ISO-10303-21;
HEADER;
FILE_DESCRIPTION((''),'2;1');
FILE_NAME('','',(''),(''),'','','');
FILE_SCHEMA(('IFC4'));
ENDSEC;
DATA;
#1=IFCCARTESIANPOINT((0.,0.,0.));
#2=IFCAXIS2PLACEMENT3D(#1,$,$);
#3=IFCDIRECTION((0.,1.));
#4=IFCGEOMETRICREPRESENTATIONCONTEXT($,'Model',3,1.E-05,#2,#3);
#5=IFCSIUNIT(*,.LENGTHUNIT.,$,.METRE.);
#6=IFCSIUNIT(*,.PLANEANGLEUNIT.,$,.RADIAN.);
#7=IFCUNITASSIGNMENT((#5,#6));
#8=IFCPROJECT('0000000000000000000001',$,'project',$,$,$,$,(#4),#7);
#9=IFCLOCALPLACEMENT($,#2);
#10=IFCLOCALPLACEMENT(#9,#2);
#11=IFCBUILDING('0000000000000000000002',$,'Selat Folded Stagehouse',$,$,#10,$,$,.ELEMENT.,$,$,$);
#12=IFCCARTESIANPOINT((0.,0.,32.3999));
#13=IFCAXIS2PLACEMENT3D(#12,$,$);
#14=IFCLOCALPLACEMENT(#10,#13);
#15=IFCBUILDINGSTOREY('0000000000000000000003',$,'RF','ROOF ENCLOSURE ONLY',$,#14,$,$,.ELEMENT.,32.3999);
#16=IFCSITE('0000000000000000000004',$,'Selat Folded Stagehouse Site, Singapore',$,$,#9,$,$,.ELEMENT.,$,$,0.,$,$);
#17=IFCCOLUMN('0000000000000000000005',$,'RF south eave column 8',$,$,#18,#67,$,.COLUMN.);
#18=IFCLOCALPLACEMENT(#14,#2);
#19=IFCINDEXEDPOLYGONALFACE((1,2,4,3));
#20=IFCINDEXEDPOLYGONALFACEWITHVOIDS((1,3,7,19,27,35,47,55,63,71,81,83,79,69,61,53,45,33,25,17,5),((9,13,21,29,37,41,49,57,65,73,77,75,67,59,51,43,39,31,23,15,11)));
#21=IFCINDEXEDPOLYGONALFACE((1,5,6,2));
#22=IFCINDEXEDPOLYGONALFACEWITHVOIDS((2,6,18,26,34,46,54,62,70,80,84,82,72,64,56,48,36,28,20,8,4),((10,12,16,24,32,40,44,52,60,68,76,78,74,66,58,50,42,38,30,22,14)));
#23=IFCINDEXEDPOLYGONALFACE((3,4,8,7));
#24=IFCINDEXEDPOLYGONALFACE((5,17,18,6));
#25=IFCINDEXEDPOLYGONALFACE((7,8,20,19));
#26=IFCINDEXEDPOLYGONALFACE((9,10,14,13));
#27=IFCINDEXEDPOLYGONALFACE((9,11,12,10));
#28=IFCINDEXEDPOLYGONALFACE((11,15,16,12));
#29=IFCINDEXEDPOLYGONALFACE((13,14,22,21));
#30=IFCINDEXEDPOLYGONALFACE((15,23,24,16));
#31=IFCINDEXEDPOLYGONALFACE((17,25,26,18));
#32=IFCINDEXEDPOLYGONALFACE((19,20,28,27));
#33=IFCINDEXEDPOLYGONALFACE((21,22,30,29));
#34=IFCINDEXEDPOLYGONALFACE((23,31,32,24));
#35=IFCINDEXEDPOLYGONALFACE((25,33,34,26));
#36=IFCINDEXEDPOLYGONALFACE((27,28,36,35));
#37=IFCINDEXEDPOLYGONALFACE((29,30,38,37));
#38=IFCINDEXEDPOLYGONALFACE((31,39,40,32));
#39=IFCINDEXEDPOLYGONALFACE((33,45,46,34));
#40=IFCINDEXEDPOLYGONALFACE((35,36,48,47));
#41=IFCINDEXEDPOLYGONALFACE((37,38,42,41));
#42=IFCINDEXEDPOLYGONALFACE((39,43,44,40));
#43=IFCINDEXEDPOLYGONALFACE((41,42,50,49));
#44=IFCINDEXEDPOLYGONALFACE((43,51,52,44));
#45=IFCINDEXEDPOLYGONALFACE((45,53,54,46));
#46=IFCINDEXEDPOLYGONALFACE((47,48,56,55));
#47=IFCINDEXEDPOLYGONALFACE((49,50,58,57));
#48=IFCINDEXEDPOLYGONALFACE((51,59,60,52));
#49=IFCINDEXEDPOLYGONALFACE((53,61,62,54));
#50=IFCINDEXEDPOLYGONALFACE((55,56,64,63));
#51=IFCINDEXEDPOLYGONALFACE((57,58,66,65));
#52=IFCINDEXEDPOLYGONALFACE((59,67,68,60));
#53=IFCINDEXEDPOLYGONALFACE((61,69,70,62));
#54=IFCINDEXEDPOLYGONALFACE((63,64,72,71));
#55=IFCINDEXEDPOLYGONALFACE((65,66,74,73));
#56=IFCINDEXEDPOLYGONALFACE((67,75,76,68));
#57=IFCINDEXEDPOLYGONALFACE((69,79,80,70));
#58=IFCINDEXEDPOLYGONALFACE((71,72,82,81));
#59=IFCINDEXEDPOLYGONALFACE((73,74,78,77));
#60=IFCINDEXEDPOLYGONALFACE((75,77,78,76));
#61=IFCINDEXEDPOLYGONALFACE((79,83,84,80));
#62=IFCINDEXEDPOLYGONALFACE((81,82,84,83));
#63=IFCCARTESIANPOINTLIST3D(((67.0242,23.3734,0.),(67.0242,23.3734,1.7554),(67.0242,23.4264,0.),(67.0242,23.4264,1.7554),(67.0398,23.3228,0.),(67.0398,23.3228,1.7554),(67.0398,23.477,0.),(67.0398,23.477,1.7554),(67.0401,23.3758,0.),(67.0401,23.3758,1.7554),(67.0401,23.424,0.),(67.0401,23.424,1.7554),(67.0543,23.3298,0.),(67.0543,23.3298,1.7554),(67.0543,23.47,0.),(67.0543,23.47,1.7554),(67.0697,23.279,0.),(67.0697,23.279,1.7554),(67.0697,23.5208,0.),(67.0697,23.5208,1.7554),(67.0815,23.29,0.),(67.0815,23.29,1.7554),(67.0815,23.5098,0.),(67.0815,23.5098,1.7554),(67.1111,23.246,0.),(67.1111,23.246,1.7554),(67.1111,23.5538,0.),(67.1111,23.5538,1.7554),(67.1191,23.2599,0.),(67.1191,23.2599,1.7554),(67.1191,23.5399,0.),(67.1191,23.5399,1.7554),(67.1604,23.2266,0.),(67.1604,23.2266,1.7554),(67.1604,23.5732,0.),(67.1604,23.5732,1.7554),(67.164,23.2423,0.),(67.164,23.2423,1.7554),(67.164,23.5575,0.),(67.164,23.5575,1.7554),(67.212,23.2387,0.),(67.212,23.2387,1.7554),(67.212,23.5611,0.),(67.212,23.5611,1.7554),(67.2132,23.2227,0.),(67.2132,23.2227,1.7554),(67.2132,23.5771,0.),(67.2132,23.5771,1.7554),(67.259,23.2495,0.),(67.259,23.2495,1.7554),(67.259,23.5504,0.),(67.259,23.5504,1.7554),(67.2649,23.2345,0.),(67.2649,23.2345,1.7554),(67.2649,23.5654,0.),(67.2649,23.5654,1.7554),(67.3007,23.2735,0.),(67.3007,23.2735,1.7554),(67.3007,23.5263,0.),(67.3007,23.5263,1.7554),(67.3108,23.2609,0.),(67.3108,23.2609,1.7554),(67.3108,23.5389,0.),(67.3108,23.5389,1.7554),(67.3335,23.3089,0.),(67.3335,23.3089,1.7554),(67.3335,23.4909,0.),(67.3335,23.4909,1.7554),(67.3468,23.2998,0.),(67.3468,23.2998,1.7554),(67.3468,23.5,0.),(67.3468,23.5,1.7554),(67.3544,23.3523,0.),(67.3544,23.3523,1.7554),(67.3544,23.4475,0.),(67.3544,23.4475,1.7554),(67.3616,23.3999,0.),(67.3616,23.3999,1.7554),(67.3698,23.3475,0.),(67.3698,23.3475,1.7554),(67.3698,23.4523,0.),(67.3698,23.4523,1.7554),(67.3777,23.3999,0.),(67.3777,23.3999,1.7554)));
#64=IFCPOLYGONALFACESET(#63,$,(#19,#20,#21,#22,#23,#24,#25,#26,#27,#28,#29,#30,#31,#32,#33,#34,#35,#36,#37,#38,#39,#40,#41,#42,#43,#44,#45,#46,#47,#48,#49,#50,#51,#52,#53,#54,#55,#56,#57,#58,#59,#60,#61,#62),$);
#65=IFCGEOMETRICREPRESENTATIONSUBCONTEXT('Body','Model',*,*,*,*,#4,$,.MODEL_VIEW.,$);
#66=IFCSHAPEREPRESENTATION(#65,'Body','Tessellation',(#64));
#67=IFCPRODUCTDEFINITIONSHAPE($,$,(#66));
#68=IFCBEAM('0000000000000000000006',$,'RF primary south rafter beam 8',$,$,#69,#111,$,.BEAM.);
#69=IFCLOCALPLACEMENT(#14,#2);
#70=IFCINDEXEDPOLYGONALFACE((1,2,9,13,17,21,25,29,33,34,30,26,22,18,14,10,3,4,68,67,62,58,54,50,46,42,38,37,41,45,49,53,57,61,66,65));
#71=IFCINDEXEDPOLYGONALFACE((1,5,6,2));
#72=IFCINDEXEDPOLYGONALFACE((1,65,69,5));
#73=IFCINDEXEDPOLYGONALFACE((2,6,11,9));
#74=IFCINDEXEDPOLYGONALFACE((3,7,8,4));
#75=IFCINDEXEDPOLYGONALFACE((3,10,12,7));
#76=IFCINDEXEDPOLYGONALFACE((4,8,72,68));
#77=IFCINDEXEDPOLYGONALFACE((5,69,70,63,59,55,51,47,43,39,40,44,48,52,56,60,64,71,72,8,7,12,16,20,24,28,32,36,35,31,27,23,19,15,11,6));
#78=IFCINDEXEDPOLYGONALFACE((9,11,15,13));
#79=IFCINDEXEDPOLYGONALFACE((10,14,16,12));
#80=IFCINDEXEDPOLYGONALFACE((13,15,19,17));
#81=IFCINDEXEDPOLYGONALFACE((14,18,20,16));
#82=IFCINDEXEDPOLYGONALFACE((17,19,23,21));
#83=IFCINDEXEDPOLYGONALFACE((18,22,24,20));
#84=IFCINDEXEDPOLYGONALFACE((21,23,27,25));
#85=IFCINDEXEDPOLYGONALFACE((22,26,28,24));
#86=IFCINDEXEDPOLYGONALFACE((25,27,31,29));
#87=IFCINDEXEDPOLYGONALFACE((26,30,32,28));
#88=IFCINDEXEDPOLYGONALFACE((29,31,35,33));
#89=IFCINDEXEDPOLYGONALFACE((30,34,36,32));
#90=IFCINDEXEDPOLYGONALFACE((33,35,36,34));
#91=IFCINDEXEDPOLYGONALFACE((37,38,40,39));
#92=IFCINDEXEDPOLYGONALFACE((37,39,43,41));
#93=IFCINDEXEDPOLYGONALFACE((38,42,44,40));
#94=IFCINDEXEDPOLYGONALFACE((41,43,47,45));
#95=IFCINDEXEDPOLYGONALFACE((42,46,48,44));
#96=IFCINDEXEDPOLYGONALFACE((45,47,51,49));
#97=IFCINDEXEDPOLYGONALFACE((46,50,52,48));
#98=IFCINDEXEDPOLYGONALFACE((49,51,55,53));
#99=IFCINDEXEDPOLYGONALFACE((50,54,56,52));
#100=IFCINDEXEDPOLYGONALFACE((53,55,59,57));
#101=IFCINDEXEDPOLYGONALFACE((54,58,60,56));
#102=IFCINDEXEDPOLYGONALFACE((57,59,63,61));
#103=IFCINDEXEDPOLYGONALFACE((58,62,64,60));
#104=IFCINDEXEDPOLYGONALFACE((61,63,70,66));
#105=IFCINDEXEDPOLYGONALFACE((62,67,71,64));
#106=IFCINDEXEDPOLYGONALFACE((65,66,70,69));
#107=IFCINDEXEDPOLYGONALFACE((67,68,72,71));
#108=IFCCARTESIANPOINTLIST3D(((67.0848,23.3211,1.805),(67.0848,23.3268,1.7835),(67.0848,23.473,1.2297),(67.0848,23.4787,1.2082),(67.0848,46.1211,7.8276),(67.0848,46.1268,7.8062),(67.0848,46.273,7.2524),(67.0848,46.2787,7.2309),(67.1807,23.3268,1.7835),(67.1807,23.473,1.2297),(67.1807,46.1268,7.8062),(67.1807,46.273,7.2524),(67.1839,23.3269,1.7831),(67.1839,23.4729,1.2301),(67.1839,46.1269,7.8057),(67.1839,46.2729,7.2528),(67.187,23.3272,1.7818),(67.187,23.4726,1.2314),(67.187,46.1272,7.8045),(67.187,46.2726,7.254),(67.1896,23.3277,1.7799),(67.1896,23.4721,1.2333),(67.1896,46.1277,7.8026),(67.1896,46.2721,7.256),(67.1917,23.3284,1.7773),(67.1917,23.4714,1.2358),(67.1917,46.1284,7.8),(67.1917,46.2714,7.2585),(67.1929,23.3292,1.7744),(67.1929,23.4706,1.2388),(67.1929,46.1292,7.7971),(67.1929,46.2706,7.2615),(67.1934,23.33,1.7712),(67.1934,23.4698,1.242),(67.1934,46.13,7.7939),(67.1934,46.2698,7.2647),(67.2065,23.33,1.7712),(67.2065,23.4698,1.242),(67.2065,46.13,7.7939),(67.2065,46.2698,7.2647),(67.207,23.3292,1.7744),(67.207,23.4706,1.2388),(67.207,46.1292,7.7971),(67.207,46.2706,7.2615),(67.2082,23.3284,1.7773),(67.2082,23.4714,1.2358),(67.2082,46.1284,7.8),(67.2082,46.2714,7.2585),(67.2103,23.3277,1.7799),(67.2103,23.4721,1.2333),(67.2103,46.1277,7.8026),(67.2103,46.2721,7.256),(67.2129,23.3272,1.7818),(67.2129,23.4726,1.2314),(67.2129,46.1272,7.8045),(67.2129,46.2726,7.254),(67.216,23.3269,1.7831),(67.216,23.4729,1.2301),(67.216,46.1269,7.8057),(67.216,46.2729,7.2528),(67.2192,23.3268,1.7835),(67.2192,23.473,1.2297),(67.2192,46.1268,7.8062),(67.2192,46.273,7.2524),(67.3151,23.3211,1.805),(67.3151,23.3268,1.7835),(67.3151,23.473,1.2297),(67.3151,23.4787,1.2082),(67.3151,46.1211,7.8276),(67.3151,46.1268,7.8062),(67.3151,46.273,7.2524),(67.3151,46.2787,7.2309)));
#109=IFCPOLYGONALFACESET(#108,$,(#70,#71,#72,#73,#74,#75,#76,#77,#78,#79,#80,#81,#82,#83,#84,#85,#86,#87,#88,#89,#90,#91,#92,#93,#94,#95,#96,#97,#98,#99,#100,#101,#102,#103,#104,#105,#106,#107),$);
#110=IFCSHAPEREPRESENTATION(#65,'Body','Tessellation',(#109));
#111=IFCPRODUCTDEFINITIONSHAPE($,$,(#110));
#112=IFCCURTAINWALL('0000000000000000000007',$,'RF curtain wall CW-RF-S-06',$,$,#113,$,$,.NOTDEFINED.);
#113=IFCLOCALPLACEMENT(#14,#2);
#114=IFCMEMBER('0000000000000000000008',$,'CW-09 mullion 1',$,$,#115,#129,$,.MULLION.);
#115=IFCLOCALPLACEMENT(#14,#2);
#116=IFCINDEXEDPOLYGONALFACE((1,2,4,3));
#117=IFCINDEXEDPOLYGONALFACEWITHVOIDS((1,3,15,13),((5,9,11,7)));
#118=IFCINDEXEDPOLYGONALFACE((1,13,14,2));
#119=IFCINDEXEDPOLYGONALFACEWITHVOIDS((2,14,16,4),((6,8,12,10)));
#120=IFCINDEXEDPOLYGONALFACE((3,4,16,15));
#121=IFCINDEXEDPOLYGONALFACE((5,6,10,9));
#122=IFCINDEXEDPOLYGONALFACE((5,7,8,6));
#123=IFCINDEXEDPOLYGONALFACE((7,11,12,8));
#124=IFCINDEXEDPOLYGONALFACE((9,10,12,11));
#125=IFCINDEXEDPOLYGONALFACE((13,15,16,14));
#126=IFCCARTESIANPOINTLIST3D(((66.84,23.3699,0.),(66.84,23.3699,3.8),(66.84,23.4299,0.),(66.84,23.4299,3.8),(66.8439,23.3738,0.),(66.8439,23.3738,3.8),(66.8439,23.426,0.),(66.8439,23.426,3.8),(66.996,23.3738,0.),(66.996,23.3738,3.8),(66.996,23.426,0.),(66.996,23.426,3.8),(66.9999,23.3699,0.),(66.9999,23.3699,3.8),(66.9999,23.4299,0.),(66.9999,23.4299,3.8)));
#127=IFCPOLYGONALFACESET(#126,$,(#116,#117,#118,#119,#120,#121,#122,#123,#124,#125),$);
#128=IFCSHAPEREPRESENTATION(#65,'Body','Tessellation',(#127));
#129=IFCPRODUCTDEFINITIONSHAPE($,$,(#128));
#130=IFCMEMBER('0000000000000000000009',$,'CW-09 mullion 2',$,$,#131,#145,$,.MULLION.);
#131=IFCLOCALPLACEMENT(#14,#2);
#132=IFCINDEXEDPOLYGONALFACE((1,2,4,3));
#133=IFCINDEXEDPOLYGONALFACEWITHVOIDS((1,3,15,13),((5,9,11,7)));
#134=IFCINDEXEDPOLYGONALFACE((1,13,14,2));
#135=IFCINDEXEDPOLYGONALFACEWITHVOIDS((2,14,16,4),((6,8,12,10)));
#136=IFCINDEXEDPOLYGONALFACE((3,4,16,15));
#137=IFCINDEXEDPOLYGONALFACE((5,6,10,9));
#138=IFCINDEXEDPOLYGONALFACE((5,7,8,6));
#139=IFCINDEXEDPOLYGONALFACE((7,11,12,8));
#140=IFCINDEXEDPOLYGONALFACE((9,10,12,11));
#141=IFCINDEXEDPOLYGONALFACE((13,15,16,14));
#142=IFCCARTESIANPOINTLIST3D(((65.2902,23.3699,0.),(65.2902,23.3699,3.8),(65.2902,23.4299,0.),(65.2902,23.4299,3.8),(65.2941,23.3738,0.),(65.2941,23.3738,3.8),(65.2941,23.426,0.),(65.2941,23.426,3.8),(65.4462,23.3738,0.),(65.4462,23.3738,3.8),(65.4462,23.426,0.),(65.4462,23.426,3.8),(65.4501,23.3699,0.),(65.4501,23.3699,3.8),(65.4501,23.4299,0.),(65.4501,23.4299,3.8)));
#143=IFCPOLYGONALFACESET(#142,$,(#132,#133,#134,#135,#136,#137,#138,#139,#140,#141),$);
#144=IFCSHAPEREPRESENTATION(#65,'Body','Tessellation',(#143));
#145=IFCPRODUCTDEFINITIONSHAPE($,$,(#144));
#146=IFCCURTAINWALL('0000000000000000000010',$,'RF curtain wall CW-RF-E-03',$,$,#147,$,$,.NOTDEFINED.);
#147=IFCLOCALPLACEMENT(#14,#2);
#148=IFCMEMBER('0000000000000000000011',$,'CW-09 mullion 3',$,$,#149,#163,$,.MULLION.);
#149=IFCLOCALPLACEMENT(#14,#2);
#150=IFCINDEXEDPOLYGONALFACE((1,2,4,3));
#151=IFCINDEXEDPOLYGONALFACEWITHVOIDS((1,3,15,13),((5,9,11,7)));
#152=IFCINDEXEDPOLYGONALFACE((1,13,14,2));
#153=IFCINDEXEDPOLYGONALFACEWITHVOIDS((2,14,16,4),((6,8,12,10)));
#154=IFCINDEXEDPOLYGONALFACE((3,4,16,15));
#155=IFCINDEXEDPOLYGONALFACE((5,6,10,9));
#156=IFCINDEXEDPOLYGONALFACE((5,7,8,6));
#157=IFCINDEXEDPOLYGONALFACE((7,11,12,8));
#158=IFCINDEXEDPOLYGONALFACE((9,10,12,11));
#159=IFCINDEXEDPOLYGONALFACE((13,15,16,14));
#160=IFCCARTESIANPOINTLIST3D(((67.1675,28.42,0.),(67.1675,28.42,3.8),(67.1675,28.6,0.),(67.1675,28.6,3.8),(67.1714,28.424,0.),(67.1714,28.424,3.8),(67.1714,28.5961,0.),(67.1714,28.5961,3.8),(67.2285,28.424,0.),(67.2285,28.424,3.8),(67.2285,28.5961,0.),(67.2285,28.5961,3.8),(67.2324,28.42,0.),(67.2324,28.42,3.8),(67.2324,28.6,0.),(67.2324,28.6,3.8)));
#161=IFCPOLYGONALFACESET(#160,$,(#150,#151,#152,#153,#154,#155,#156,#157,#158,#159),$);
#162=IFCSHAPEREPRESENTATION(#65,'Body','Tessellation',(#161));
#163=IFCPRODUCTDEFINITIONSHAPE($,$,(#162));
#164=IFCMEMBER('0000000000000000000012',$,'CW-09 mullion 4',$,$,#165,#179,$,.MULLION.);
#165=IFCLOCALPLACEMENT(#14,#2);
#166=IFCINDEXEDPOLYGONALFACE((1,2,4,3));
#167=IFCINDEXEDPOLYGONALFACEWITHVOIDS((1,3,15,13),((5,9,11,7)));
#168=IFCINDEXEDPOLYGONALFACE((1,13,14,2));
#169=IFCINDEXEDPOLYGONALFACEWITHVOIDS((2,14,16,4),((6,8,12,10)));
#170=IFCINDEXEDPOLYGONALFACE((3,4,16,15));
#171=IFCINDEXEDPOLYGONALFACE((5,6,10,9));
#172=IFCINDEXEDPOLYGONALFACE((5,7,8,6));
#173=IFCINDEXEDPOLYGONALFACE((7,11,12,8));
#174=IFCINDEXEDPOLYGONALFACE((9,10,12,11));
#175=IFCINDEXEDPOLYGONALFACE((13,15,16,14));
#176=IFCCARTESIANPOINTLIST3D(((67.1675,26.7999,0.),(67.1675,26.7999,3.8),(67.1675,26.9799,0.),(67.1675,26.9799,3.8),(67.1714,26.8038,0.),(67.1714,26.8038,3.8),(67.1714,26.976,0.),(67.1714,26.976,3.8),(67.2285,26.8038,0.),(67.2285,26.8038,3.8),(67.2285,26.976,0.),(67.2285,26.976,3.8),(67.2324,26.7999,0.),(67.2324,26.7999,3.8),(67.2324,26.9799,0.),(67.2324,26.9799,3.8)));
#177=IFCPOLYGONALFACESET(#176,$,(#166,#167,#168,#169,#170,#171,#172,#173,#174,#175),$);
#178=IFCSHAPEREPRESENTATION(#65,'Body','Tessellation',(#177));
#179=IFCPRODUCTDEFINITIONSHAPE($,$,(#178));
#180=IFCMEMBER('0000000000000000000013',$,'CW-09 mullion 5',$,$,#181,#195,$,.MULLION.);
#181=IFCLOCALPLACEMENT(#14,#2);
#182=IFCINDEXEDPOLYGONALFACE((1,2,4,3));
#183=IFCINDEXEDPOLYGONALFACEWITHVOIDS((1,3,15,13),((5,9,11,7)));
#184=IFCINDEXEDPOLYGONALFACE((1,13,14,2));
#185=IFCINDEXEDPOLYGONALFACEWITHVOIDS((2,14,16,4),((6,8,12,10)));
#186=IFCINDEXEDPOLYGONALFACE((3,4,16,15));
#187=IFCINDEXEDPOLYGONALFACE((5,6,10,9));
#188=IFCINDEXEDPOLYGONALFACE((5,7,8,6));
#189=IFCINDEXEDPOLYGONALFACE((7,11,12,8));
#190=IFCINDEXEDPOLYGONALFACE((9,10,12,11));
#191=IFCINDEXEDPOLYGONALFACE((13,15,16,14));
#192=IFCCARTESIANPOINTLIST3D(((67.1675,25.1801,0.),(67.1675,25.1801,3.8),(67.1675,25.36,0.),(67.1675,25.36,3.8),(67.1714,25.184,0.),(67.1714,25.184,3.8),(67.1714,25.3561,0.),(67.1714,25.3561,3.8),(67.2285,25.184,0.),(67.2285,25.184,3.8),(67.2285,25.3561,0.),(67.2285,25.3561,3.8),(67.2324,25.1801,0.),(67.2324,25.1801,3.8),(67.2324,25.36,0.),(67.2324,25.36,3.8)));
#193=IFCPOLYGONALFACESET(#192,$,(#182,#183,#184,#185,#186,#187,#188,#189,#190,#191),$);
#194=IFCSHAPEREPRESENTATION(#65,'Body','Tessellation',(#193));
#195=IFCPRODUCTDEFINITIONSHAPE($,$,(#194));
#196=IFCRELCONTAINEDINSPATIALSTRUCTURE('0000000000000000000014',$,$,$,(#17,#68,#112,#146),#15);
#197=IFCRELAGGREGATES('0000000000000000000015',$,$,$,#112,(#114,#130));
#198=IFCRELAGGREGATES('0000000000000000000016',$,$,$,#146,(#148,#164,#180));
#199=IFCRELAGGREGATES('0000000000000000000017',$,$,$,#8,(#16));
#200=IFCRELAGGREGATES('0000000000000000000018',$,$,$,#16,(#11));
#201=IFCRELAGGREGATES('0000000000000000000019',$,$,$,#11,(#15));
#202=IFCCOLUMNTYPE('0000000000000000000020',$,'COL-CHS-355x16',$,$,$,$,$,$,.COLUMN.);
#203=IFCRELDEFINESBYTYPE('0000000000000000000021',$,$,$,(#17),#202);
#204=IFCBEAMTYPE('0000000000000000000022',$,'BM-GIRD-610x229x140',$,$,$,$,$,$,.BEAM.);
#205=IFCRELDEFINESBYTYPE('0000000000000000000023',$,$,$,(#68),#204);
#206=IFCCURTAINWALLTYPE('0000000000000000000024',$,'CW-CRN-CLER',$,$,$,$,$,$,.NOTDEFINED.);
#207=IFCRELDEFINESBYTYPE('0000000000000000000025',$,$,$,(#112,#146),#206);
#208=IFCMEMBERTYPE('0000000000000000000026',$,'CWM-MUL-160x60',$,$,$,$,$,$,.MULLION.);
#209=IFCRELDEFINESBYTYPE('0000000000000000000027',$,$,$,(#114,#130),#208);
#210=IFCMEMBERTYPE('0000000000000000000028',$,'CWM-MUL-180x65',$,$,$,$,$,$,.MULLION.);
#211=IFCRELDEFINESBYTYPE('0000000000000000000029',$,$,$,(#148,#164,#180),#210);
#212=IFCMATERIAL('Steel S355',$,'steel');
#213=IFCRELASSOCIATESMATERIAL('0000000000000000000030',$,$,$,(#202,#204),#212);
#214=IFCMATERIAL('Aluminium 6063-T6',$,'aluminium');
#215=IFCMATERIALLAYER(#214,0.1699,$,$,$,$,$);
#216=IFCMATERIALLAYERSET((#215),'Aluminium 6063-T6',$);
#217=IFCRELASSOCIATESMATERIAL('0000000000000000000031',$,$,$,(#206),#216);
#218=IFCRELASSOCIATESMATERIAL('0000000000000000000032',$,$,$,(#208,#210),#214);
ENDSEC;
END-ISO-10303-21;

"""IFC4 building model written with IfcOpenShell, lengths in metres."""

from ifc_helpers import new_model, si_unit, direction, frame, origin, origin_2d, place, context, subcontext, project, spatial, hollow_rectangle, hollow_circle, i_section, extrude, material, layer, layer_set, material_profile, profile_set, type_object, element, aggregate, save


model = new_model("IFC4")

# Units and contexts
model_context = context("Model", 3, precision=1e-05, world=origin(), true_north=direction((0.0, 1.0)))
body_context = subcontext(model_context, "Body", "Model", "MODEL_VIEW")
ifc_project = project(units=[si_unit("LENGTHUNIT", "METRE"), si_unit("PLANEANGLEUNIT", "RADIAN")], contexts=[model_context])

# Site, building, storey
site_placement = place(None, origin())
site = spatial("IfcSite", under=ifc_project, at=site_placement, Name="Selat Folded Stagehouse Site, Singapore", CompositionType="ELEMENT", RefElevation=0.0)
building_placement = place(site_placement, origin())
building = spatial("IfcBuilding", under=site, at=building_placement, Name="Selat Folded Stagehouse", CompositionType="ELEMENT")
storey_placement = place(building_placement, frame((0.0, 0.0, 32.3999)))
storey = spatial("IfcBuildingStorey", under=building, at=storey_placement, Name="RF", Description="ROOF ENCLOSURE ONLY", CompositionType="ELEMENT", Elevation=32.3999)

# Column
ifc_material_1 = material(Name="Steel S355", Category="steel")
ifc_material_profile_1 = material_profile(ifc_material_1, hollow_circle(Radius=0.1777, WallThickness=0.0161, at=origin_2d()), Name="CHS 355.6x16.0")
ifc_profile_set_1 = profile_set([ifc_material_profile_1], Name="Steel S355")
column_type = type_object("IfcColumnType", Name="COL-CHS-355x16", PredefinedType="COLUMN", material=ifc_profile_set_1)
column_placement = place(storey_placement, frame((67.2, 23.3999, 0.0), z_axis=(0.0, 0.0, 1.0), x_axis=(1.0, 0.0, 0.0)))
element("IfcColumn", 1, at=column_placement, inside=storey, type_object=column_type, Name="RF south eave column 8", PredefinedType="COLUMN", context=body_context, shape_type="SweptSolid", body=[
    extrude(hollow_circle(Radius=0.1777, WallThickness=0.0161, at=origin_2d()), origin(), (0.0, 0.0, 1.0), 1.7554),
])

# Beam
ifc_material_profile_2 = material_profile(ifc_material_1, i_section(OverallWidth=0.2302, OverallDepth=0.6172, WebThickness=0.0132, FlangeThickness=0.0222, FilletRadius=0.0127, at=origin_2d()), Name="UKB 610x229x140")
ifc_profile_set_2 = profile_set([ifc_material_profile_2], Name="Steel S355")
beam_type = type_object("IfcBeamType", Name="BM-GIRD-610x229x140", PredefinedType="BEAM", material=ifc_profile_set_2)
beam_placement = place(storey_placement, frame((67.2, 23.3999, 1.5066), z_axis=(0.0, 0.966837, 0.255393), x_axis=(-1.0, 0.0, 0.0)))
element("IfcBeam", 2, at=beam_placement, inside=storey, type_object=beam_type, Name="RF primary south rafter beam 8", PredefinedType="BEAM", context=body_context, shape_type="SweptSolid", body=[
    extrude(i_section(OverallWidth=0.2302, OverallDepth=0.6172, WebThickness=0.0132, FlangeThickness=0.0222, FilletRadius=0.0127, at=origin_2d()), origin(), (0.0, 0.0, 1.0), 23.582),
])

# Curtain walls, members
ifc_material_2 = material(Name="Aluminium 6063-T6", Category="aluminium")
ifc_layer_1 = layer(ifc_material_2, 0.1699)
ifc_layer_set_1 = layer_set([ifc_layer_1], Name="Aluminium 6063-T6")
curtain_wall_type = type_object("IfcCurtainWallType", Name="CW-CRN-CLER", PredefinedType="NOTDEFINED", material=ifc_layer_set_1)
curtain_wall_1_placement = place(storey_placement, origin())
curtain_wall_1 = element("IfcCurtainWall", 3, at=curtain_wall_1_placement, inside=storey, type_object=curtain_wall_type, Name="RF curtain wall CW-RF-S-06", PredefinedType="NOTDEFINED")
ifc_material_profile_3 = material_profile(ifc_material_2, hollow_rectangle(XDim=0.0601, YDim=0.1599, WallThickness=0.0039, at=origin_2d()), Name="ALU 160x60x4.0")
ifc_profile_set_3 = profile_set([ifc_material_profile_3], Name="Aluminium 6063-T6")
member_type_1 = type_object("IfcMemberType", Name="CWM-MUL-160x60", PredefinedType="MULLION", material=ifc_profile_set_3)
member_1_placement = place(storey_placement, frame((66.9199, 23.3999, 0.0), z_axis=(0.0, 0.0, 1.0), x_axis=(0.0, -1.0, 0.0)))
member_1 = element("IfcMember", 4, at=member_1_placement, type_object=member_type_1, Name="CW-09 mullion 1", PredefinedType="MULLION", context=body_context, shape_type="SweptSolid", body=[
    extrude(hollow_rectangle(XDim=0.0601, YDim=0.1599, WallThickness=0.0039, at=origin_2d()), origin(), (0.0, 0.0, 1.0), 3.8),
])
member_2_placement = place(storey_placement, frame((65.3701, 23.3999, 0.0), z_axis=(0.0, 0.0, 1.0), x_axis=(0.0, -1.0, 0.0)))
member_2 = element("IfcMember", 5, at=member_2_placement, type_object=member_type_1, Name="CW-09 mullion 2", PredefinedType="MULLION", context=body_context, shape_type="SweptSolid", body=[
    extrude(hollow_rectangle(XDim=0.0601, YDim=0.1599, WallThickness=0.0039, at=origin_2d()), origin(), (0.0, 0.0, 1.0), 3.8),
])
curtain_wall_2_placement = place(storey_placement, origin())
curtain_wall_2 = element("IfcCurtainWall", 6, at=curtain_wall_2_placement, inside=storey, type_object=curtain_wall_type, Name="RF curtain wall CW-RF-E-03", PredefinedType="NOTDEFINED")
ifc_material_profile_4 = material_profile(ifc_material_2, hollow_rectangle(XDim=0.0649, YDim=0.1799, WallThickness=0.0039, at=origin_2d()), Name="ALU 180x65x4.0")
ifc_profile_set_4 = profile_set([ifc_material_profile_4], Name="Aluminium 6063-T6")
member_type_2 = type_object("IfcMemberType", Name="CWM-MUL-180x65", PredefinedType="MULLION", material=ifc_profile_set_4)
member_3_placement = place(storey_placement, frame((67.2, 28.51, 0.0), z_axis=(0.0, 0.0, 1.0), x_axis=(1.0, 0.0, 0.0)))
member_3 = element("IfcMember", 7, at=member_3_placement, type_object=member_type_2, Name="CW-09 mullion 3", PredefinedType="MULLION", context=body_context, shape_type="SweptSolid", body=[
    extrude(hollow_rectangle(XDim=0.0649, YDim=0.1799, WallThickness=0.0039, at=origin_2d()), origin(), (0.0, 0.0, 1.0), 3.8),
])
member_4_placement = place(storey_placement, frame((67.2, 26.8899, 0.0), z_axis=(0.0, 0.0, 1.0), x_axis=(1.0, 0.0, 0.0)))
member_4 = element("IfcMember", 8, at=member_4_placement, type_object=member_type_2, Name="CW-09 mullion 4", PredefinedType="MULLION", context=body_context, shape_type="SweptSolid", body=[
    extrude(hollow_rectangle(XDim=0.0649, YDim=0.1799, WallThickness=0.0039, at=origin_2d()), origin(), (0.0, 0.0, 1.0), 3.8),
])
member_5_placement = place(storey_placement, frame((67.2, 25.27, 0.0), z_axis=(0.0, 0.0, 1.0), x_axis=(1.0, 0.0, 0.0)))
member_5 = element("IfcMember", 9, at=member_5_placement, type_object=member_type_2, Name="CW-09 mullion 5", PredefinedType="MULLION", context=body_context, shape_type="SweptSolid", body=[
    extrude(hollow_rectangle(XDim=0.0649, YDim=0.1799, WallThickness=0.0039, at=origin_2d()), origin(), (0.0, 0.0, 1.0), 3.8),
])

aggregate(curtain_wall_1, [member_1, member_2])
aggregate(curtain_wall_2, [member_3, member_4, member_5])

save(model, "model.ifc")
